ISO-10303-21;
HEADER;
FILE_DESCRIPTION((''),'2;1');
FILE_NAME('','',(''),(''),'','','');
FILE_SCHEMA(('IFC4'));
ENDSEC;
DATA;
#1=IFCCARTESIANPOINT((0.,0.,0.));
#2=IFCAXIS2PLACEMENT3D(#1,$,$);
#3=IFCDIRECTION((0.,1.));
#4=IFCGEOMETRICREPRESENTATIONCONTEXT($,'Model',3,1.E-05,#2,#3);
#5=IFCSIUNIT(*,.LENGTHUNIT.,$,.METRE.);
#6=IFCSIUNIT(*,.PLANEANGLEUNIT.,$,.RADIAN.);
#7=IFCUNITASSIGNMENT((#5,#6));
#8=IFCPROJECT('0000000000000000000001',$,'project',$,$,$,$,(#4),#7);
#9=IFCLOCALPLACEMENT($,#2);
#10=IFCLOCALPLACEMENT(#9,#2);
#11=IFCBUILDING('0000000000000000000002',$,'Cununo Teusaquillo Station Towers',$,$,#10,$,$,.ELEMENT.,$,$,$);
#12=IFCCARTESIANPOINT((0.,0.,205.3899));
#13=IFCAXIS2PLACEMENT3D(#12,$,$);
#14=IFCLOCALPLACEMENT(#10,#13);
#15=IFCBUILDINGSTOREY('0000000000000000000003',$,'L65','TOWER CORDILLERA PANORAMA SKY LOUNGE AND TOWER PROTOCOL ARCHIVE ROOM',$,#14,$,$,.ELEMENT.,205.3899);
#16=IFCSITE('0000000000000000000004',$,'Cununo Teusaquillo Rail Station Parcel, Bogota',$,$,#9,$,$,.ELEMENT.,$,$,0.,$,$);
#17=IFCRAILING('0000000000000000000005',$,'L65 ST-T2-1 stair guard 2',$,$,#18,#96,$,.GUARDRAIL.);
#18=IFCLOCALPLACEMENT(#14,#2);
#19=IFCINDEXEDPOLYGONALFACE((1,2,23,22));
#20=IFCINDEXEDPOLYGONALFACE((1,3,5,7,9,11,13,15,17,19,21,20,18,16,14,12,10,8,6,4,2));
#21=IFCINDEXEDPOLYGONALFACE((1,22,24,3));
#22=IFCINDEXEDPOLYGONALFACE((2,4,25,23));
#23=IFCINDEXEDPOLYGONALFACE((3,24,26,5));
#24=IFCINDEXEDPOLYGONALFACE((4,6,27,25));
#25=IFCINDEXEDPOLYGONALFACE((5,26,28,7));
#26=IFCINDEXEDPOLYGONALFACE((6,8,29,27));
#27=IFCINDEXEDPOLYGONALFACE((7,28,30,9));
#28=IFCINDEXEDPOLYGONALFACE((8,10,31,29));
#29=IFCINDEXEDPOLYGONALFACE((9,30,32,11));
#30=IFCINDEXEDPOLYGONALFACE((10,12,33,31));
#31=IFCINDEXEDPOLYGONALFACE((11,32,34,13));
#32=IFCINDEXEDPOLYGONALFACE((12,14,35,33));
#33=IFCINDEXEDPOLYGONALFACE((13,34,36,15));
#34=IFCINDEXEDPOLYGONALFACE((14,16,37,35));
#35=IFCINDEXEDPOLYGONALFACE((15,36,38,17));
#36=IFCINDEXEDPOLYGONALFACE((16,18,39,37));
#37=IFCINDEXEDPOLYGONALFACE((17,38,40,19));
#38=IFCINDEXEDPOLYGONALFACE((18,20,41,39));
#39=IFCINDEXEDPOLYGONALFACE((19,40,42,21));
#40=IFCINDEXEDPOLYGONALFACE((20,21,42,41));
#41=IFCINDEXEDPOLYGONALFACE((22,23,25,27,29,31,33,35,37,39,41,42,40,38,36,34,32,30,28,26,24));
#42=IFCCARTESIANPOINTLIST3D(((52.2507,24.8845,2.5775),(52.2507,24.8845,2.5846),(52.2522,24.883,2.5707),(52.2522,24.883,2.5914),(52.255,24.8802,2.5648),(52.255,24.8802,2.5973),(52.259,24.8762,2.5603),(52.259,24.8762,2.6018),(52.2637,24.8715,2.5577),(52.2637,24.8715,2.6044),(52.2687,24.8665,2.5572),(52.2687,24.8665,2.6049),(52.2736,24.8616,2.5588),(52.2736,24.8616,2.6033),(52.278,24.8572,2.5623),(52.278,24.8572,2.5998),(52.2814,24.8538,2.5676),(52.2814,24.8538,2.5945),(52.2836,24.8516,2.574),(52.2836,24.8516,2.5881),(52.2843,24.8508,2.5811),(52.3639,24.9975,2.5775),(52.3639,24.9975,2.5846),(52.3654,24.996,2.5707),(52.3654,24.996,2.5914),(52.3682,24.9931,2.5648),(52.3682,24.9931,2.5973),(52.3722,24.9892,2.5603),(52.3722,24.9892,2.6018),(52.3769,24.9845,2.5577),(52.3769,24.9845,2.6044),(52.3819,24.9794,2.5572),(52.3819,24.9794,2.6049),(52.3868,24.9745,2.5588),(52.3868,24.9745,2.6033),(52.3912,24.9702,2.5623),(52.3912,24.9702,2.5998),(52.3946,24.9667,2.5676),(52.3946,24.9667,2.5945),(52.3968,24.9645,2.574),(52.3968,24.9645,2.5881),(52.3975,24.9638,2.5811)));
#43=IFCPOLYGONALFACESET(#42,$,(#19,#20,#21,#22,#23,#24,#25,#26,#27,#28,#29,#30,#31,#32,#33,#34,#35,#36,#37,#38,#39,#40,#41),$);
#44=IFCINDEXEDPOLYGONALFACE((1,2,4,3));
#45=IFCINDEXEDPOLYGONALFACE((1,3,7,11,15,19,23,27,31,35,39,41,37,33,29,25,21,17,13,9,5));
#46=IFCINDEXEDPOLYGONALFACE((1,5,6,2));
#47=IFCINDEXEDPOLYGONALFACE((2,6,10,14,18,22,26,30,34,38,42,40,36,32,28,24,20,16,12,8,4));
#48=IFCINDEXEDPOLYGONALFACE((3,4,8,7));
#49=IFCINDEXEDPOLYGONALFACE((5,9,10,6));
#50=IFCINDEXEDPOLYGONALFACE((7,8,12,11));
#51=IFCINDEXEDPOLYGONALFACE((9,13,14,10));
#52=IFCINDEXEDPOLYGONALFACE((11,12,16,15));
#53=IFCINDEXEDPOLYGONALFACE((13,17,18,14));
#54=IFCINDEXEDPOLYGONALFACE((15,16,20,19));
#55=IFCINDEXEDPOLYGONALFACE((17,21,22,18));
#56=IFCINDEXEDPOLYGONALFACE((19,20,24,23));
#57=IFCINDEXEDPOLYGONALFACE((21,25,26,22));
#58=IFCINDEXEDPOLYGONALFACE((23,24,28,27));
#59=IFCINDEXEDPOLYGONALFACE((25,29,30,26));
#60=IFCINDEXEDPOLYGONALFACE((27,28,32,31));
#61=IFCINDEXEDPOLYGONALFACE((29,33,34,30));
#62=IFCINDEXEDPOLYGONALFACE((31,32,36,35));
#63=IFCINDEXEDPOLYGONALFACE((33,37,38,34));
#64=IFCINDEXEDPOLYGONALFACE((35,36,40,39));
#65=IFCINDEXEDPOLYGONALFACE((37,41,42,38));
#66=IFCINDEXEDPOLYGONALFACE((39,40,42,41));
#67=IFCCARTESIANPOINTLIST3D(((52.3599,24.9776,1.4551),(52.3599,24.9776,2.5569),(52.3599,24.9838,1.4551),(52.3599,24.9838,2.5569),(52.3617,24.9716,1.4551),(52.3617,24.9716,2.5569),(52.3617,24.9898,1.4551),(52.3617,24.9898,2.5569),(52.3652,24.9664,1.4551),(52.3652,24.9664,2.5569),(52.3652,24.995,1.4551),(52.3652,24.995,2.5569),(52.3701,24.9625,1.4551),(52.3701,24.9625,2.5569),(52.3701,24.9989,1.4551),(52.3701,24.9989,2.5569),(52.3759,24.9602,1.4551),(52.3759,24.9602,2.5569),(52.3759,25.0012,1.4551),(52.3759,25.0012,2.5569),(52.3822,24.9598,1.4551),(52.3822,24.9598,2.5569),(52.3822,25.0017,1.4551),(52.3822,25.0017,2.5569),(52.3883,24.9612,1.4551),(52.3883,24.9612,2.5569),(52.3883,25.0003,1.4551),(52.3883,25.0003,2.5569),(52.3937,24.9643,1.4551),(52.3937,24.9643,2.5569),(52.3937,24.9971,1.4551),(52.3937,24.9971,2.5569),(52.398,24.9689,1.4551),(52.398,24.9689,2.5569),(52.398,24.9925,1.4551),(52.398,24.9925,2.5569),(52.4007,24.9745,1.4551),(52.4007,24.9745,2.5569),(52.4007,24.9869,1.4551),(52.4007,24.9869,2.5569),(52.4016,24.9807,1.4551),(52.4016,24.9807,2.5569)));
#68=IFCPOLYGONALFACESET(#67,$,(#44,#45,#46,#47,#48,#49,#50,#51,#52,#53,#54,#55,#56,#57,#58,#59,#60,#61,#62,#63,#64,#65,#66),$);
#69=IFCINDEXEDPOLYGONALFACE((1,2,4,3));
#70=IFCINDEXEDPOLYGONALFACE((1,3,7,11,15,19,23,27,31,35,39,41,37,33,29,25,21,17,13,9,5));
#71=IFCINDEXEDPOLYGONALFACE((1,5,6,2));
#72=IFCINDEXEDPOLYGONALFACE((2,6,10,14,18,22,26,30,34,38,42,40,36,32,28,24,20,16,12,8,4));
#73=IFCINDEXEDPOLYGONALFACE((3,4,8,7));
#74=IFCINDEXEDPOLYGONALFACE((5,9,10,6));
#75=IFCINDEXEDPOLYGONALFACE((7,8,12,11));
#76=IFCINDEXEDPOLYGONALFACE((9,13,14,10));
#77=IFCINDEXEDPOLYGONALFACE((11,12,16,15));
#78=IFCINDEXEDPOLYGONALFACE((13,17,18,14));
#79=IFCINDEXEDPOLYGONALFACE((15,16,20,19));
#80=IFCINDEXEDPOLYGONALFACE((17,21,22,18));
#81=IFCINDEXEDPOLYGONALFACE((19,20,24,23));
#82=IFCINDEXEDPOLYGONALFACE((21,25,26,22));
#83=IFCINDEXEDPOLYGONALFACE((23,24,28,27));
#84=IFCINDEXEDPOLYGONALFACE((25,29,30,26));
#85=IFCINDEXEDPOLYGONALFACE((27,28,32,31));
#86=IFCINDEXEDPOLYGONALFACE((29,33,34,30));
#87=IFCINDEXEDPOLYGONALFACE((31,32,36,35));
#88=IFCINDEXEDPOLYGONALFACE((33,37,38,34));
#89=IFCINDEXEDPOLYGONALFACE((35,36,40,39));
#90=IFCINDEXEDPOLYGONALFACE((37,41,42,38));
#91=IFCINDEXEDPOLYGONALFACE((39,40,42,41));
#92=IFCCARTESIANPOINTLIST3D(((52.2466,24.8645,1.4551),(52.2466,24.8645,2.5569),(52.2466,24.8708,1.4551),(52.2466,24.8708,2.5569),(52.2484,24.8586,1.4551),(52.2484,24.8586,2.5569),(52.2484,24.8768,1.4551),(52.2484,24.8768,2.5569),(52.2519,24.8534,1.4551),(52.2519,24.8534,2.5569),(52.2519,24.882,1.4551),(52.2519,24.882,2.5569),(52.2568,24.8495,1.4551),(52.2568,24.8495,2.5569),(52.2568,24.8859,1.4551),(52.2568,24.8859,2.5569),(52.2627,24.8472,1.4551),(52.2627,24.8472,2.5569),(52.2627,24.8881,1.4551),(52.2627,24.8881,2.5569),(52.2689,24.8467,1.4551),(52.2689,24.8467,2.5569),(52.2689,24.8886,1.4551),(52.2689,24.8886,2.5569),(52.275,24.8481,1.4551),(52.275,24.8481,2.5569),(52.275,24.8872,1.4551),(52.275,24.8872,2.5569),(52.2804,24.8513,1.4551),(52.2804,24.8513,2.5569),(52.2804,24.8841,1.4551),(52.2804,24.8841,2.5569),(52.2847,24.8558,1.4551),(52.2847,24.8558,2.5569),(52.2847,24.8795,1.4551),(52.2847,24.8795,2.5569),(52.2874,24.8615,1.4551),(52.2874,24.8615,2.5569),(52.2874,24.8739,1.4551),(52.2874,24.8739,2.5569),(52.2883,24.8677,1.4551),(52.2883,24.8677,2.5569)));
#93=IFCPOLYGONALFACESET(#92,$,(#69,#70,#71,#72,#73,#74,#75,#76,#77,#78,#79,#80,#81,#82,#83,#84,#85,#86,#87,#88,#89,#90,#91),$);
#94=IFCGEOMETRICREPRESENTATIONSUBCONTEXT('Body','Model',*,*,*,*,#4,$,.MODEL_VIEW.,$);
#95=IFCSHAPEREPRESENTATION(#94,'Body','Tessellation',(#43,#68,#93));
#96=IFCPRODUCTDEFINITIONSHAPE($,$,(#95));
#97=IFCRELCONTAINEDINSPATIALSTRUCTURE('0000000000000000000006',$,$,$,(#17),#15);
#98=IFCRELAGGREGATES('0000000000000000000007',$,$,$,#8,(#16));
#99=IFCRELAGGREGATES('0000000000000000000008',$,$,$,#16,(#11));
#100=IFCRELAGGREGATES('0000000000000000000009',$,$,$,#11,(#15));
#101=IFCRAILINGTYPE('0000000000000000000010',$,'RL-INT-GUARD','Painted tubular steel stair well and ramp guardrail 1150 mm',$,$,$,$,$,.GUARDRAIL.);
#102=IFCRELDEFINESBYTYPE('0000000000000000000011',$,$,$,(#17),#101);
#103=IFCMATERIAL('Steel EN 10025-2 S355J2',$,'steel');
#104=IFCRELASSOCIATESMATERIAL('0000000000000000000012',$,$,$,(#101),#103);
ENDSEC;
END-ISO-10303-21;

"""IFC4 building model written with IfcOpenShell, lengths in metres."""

from ifc_helpers import new_model, si_unit, direction, frame, origin, origin_2d, place, context, subcontext, project, spatial, circle, extrude, material, type_object, element, save


model = new_model("IFC4")

# Units and contexts
model_context = context("Model", 3, precision=1e-05, world=origin(), true_north=direction((0.0, 1.0)))
body_context = subcontext(model_context, "Body", "Model", "MODEL_VIEW")
ifc_project = project(units=[si_unit("LENGTHUNIT", "METRE"), si_unit("PLANEANGLEUNIT", "RADIAN")], contexts=[model_context])

# Site, building, storey
site_placement = place(None, origin())
site = spatial("IfcSite", under=ifc_project, at=site_placement, Name="Cununo Teusaquillo Rail Station Parcel, Bogota", CompositionType="ELEMENT", RefElevation=0.0)
building_placement = place(site_placement, origin())
building = spatial("IfcBuilding", under=site, at=building_placement, Name="Cununo Teusaquillo Station Towers", CompositionType="ELEMENT")
storey_placement = place(building_placement, frame((0.0, 0.0, 205.3899)))
storey = spatial("IfcBuildingStorey", under=building, at=storey_placement, Name="L65", Description="TOWER CORDILLERA PANORAMA SKY LOUNGE AND TOWER PROTOCOL ARCHIVE ROOM", CompositionType="ELEMENT", Elevation=205.3899)

# Railing
ifc_material_1 = material(Name="Steel EN 10025-2 S355J2", Category="steel")
railing_type_1 = type_object("IfcRailingType", Name="RL-INT-GUARD", Description="Painted tubular steel stair well and ramp guardrail 1150 mm", PredefinedType="GUARDRAIL", material=ifc_material_1)
railing_1_placement = place(storey_placement, frame((52.3806, 24.9807, 1.4551)))
element("IfcRailing", 1, at=railing_1_placement, inside=storey, type_object=railing_type_1, Name="L65 ST-T2-1 stair guard 2", PredefinedType="GUARDRAIL", context=body_context, shape_type="SweptSolid", body=[
    extrude(circle(Radius=0.0239, at=origin_2d()), frame((0.0, 0.0, 1.126), z_axis=(-0.707869, -0.706344, 0.0), x_axis=(0.706344, -0.707869, 0.0)), (0.0, 0.0, 1.0), 0.1599),
    extrude(circle(Radius=0.021, at=origin_2d()), origin(), (0.0, 0.0, 1.0), 1.1018),
    extrude(circle(Radius=0.021, at=origin_2d()), frame((-0.1133, -0.113, 0.0)), (0.0, 0.0, 1.0), 1.1018),
])

save(model, "model.ifc")
